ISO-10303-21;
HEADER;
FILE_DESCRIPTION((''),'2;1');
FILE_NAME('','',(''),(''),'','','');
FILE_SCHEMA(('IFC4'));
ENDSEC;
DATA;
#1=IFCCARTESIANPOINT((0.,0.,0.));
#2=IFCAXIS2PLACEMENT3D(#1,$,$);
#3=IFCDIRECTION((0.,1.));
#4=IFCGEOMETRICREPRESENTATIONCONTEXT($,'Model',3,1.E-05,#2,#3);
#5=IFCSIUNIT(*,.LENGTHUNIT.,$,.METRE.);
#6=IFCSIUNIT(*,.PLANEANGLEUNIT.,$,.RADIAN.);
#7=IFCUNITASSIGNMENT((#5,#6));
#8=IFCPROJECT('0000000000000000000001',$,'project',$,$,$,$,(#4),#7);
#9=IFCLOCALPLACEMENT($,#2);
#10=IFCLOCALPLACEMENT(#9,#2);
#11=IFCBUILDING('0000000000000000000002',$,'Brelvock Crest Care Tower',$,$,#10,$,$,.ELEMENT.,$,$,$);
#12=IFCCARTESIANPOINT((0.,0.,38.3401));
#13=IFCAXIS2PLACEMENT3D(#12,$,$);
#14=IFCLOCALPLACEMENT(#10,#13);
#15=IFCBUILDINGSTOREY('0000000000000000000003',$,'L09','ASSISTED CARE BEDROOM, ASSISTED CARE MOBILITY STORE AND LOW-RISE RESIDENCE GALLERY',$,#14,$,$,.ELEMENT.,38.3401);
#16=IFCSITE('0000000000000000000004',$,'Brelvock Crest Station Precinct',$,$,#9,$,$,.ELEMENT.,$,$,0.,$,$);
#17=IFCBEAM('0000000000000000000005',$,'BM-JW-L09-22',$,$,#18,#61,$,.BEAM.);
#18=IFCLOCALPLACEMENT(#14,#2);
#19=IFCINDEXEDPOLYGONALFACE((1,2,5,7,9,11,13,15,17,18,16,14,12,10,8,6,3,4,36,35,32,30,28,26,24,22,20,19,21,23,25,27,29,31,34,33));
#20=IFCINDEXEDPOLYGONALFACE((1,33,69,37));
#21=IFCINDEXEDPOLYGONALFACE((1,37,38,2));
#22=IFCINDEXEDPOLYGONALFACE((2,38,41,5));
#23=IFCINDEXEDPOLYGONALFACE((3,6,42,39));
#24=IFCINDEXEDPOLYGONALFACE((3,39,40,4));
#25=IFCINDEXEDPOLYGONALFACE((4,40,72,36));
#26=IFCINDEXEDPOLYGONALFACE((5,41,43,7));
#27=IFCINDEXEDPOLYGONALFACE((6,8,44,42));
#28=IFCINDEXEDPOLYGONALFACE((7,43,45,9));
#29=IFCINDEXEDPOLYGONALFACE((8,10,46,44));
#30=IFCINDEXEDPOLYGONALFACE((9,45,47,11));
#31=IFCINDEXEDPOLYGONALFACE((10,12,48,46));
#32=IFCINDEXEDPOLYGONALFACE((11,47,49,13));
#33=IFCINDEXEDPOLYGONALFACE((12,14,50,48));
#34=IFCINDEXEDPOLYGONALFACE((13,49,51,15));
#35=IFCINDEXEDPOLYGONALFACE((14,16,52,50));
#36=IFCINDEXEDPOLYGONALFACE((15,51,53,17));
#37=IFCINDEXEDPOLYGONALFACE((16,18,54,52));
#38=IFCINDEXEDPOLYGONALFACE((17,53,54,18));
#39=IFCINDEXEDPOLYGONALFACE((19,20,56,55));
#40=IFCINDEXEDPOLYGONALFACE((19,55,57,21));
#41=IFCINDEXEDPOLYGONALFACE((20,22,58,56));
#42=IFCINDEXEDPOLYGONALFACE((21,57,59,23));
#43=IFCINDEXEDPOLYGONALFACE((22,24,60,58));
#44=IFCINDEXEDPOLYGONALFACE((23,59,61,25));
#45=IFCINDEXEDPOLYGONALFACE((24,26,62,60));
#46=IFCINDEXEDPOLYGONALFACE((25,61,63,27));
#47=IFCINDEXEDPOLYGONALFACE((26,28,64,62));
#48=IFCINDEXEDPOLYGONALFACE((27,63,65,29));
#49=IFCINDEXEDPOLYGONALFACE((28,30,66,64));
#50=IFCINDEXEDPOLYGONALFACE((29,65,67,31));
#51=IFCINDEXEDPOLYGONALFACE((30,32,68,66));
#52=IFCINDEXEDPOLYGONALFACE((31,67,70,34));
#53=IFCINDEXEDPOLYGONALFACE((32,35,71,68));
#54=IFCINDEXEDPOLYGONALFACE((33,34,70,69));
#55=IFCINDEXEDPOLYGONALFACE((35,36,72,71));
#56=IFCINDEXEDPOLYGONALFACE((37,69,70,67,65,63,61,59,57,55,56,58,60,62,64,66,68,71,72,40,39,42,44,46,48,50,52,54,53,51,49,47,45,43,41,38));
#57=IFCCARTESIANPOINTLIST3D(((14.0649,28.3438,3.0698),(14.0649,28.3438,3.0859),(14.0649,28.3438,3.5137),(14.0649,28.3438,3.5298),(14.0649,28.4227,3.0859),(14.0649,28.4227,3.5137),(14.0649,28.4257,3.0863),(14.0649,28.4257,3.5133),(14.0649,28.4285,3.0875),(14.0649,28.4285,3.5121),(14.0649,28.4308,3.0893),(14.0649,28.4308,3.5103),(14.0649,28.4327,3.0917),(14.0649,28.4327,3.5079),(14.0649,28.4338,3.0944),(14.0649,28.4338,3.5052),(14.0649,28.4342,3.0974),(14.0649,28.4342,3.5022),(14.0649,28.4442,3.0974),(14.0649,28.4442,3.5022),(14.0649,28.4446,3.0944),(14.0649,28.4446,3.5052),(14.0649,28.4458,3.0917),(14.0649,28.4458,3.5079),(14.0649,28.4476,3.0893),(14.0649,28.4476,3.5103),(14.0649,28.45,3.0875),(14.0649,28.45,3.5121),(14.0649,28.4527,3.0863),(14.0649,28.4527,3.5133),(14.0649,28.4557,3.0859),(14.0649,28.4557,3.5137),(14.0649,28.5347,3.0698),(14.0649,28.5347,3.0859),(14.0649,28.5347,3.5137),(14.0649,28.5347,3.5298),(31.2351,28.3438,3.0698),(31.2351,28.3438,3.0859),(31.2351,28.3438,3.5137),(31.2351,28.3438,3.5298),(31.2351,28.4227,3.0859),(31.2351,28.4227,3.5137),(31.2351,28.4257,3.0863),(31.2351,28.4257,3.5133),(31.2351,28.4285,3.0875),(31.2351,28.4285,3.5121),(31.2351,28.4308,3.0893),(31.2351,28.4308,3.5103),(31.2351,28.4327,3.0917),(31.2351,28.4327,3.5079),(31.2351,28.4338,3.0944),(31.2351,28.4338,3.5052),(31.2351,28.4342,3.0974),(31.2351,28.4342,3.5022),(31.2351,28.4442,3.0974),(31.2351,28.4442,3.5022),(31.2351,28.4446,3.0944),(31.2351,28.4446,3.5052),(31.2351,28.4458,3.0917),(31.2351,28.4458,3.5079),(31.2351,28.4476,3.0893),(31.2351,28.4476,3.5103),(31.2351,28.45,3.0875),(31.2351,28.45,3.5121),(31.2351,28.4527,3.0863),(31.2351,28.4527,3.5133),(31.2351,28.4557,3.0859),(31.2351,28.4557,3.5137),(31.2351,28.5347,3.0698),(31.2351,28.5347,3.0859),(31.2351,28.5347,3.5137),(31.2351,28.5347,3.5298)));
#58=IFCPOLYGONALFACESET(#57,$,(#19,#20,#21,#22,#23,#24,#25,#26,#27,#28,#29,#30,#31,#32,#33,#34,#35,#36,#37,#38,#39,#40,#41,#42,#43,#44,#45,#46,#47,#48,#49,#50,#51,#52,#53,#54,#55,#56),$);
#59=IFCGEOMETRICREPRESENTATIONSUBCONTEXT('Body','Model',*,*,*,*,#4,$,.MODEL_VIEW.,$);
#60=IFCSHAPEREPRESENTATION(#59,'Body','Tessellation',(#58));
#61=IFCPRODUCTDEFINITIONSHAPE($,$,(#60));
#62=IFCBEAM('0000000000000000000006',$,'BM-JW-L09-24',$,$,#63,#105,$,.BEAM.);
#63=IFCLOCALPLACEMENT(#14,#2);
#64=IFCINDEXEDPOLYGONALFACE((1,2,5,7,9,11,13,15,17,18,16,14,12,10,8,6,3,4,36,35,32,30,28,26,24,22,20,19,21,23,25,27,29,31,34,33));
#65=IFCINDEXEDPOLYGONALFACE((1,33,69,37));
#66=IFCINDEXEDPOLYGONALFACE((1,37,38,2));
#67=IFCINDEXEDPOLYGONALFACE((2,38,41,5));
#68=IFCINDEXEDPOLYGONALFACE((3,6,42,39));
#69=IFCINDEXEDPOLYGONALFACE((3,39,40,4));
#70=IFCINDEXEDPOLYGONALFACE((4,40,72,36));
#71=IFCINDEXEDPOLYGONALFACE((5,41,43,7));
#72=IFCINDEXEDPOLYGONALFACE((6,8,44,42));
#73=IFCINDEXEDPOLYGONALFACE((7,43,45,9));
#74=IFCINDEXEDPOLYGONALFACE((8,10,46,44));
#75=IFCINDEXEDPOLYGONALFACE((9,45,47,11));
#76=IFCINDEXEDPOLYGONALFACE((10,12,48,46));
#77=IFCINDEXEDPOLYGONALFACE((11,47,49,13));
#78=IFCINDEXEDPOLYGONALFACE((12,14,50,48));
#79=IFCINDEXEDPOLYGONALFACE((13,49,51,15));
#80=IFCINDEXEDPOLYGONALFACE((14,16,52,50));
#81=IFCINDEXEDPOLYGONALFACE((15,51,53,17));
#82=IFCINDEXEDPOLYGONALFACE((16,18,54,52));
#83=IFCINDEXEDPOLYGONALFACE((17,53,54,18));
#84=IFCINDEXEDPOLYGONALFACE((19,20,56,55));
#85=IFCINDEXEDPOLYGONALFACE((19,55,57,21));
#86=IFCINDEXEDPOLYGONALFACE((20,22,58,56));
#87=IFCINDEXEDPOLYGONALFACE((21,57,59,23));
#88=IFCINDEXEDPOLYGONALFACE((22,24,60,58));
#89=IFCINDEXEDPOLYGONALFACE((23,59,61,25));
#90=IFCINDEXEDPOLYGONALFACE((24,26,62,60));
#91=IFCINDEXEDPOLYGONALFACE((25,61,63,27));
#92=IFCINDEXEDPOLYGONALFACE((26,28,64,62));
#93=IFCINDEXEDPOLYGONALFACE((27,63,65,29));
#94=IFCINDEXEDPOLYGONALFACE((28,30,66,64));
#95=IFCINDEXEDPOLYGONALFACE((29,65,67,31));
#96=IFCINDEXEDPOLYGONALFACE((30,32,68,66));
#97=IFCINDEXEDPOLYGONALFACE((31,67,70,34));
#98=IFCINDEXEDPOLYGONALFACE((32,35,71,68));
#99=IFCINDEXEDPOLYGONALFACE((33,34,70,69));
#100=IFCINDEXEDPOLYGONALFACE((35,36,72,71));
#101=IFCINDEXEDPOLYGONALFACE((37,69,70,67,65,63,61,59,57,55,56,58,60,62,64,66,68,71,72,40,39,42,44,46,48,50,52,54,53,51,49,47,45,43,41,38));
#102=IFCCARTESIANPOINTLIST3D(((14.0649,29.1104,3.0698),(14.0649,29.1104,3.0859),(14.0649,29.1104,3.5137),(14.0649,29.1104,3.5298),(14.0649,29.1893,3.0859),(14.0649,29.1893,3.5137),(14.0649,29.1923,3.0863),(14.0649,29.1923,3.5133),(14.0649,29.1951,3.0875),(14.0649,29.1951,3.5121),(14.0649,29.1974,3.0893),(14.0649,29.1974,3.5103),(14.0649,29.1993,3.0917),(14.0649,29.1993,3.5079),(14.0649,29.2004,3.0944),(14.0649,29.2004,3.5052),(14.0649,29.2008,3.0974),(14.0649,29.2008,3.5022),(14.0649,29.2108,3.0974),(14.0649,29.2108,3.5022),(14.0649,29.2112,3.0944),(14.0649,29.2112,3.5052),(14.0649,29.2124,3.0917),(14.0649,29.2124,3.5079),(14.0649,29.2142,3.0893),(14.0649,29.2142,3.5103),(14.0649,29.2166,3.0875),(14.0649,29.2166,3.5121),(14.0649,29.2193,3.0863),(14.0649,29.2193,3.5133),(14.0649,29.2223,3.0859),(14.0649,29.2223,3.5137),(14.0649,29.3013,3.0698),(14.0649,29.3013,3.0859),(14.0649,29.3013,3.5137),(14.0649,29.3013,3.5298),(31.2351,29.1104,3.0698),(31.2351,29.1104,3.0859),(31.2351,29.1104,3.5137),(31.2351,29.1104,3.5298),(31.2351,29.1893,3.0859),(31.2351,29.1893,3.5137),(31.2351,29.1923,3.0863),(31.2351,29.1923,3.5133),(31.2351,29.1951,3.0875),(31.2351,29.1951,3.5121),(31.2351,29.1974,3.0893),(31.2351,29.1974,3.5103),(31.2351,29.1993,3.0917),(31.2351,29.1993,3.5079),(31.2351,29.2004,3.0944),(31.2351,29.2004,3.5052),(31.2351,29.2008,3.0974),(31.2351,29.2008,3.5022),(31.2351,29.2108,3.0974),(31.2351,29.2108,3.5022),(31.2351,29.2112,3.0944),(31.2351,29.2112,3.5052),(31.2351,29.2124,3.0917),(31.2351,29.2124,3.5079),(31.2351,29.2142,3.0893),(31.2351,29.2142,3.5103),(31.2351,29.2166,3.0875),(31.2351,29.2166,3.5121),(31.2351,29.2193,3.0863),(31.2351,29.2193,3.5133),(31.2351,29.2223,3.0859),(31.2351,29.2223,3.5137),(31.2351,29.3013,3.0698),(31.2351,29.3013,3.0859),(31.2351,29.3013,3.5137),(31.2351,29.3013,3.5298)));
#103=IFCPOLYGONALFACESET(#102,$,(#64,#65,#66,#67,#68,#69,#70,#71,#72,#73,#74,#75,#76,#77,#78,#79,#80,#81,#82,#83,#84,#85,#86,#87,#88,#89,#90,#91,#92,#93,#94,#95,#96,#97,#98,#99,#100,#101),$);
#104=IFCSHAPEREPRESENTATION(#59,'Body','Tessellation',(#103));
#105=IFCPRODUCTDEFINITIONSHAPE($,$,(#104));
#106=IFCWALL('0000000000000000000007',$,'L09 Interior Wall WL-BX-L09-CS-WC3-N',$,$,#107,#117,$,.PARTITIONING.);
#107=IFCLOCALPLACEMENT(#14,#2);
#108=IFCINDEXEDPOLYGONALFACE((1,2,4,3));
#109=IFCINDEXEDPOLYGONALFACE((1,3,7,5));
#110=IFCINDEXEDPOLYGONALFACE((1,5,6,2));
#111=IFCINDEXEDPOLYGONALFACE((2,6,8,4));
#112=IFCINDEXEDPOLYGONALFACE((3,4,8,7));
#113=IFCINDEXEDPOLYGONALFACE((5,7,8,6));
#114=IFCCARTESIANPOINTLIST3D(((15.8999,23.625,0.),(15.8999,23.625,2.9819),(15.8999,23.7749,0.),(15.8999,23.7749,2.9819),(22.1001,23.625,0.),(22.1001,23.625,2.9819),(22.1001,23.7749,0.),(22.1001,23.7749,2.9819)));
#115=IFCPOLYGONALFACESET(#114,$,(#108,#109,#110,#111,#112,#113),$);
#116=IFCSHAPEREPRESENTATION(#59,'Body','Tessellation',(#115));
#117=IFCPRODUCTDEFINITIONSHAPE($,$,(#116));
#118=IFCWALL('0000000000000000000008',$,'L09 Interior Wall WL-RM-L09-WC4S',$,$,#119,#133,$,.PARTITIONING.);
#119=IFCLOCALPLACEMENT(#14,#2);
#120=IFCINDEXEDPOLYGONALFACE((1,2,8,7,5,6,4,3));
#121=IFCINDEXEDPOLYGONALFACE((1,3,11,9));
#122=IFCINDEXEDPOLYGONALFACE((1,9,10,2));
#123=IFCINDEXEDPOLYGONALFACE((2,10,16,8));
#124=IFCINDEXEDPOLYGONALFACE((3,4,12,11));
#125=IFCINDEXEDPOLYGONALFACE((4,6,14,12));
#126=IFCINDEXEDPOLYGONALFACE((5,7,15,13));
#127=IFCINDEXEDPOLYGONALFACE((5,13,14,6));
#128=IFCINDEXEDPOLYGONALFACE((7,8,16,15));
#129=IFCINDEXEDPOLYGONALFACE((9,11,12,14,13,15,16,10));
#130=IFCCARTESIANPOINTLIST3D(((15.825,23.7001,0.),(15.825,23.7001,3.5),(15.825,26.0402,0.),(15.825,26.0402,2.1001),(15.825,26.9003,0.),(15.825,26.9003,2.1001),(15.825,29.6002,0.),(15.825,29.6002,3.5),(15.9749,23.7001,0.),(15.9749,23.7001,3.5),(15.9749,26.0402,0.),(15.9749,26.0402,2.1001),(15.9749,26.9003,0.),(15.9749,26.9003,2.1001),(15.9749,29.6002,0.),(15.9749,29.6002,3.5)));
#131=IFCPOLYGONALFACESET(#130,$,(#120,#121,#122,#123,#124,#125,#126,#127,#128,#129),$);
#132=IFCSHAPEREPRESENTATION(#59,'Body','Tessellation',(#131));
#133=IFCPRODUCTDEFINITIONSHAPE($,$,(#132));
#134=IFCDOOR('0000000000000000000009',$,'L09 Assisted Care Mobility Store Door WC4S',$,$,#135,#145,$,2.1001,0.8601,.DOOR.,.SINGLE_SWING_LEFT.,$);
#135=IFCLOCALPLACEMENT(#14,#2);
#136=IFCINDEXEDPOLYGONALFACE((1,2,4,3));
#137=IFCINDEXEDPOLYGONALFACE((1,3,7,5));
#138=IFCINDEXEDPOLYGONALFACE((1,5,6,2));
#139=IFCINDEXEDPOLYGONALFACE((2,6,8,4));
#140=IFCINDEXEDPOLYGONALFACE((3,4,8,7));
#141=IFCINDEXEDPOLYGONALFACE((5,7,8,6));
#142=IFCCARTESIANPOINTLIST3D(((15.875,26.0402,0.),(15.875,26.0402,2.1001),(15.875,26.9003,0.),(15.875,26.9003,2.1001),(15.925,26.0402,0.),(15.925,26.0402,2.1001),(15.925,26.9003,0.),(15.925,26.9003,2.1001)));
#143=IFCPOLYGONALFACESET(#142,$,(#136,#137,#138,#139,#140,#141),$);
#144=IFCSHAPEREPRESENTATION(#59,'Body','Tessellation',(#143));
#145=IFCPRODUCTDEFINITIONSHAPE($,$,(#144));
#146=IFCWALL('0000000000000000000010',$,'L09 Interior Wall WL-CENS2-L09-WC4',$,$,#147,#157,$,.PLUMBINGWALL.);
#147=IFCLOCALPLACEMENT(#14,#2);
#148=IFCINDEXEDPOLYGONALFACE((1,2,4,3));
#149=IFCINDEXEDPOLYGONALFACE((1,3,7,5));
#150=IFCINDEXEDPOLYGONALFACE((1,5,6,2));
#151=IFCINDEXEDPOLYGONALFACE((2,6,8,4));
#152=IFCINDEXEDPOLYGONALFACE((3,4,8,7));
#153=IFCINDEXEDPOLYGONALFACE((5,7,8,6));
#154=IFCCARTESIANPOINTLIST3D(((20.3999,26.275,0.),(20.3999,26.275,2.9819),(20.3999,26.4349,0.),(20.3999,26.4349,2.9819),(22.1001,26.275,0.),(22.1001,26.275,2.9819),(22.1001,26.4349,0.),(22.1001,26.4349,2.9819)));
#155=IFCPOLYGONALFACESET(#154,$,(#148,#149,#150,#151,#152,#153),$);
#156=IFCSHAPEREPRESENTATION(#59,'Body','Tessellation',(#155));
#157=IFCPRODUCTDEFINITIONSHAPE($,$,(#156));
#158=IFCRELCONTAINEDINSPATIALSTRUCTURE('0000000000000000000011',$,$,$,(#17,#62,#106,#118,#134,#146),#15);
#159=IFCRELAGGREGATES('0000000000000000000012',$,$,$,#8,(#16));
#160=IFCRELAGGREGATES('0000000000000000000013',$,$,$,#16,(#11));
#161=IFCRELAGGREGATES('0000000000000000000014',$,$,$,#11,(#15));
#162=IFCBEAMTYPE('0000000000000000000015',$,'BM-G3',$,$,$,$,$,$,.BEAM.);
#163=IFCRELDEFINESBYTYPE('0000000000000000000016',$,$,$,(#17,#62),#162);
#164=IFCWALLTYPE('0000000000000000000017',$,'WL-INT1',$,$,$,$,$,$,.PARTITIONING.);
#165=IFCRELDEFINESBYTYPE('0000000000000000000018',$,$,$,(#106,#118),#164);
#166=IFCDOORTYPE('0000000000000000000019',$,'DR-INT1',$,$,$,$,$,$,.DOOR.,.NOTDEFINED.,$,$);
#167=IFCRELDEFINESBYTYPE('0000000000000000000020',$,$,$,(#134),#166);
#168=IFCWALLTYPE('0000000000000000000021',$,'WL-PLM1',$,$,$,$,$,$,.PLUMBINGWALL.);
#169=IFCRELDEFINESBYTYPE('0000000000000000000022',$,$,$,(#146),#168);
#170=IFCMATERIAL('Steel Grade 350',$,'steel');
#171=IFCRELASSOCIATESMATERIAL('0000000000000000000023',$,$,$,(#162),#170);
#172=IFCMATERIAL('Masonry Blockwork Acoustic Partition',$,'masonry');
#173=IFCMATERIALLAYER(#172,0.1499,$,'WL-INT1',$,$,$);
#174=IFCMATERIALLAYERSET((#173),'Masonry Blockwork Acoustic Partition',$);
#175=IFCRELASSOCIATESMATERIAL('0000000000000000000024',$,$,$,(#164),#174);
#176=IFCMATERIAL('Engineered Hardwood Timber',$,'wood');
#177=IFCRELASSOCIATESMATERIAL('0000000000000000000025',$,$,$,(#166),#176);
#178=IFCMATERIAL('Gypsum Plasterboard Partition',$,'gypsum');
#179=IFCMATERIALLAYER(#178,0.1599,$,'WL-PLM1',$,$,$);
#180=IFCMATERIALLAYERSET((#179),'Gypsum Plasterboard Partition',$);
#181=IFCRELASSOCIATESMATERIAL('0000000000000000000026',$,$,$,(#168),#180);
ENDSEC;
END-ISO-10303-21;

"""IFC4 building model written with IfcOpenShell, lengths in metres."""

from ifc_helpers import new_model, si_unit, direction, frame, frame_2d, origin, origin_2d, place, context, subcontext, project, spatial, rectangle, i_section, extrude, source, transform, mapped, material, layer, layer_set, material_profile, profile_set, type_object, element, fill, save


model = new_model("IFC4")

# Units and contexts
model_context = context("Model", 3, precision=1e-05, world=origin(), true_north=direction((0.0, 1.0)))
body_context = subcontext(model_context, "Body", "Model", "MODEL_VIEW")
ifc_project = project(units=[si_unit("LENGTHUNIT", "METRE"), si_unit("PLANEANGLEUNIT", "RADIAN")], contexts=[model_context])

# Site, building, storey
site_placement = place(None, origin())
site = spatial("IfcSite", under=ifc_project, at=site_placement, Name="Brelvock Crest Station Precinct", CompositionType="ELEMENT", RefElevation=0.0)
building_placement = place(site_placement, origin())
building = spatial("IfcBuilding", under=site, at=building_placement, Name="Brelvock Crest Care Tower", CompositionType="ELEMENT")
storey_placement = place(building_placement, frame((0.0, 0.0, 38.3401)))
storey = spatial("IfcBuildingStorey", under=building, at=storey_placement, Name="L09", Description="ASSISTED CARE BEDROOM, ASSISTED CARE MOBILITY STORE AND LOW-RISE RESIDENCE GALLERY", CompositionType="ELEMENT", Elevation=38.3401)

# Beams
ifc_material_1 = material(Name="Steel Grade 350", Category="steel")
ifc_material_profile_1 = material_profile(ifc_material_1, i_section(OverallWidth=0.1909, OverallDepth=0.46, WebThickness=0.01, FlangeThickness=0.0161, FilletRadius=0.0115, at=origin_2d()), Name="460UB82.1")
ifc_profile_set_1 = profile_set([ifc_material_profile_1], Name="Steel Grade 350")
beam_type_1 = type_object("IfcBeamType", Name="BM-G3", PredefinedType="BEAM", material=ifc_profile_set_1)
shared_shape_1 = source(origin(), body_context, "Body", "SweptSolid", [
    extrude(i_section(OverallWidth=0.1909, OverallDepth=0.46, WebThickness=0.01, FlangeThickness=0.0161, FilletRadius=0.0115, at=origin_2d()), origin(), (0.0, 0.0, 1.0), 17.1702),
])
for number, where, z_axis, x_axis, name in (
    (1, (14.0649, 28.4392, 3.2998), (1.0, 0.0, 0.0), (0.0, 1.0, 0.0), "BM-JW-L09-22"),
    (2, (14.0649, 29.2058, 3.2998), (1.0, 0.0, 0.0), (0.0, 1.0, 0.0), "BM-JW-L09-24"),
):
    element("IfcBeam", number, at=place(storey_placement, frame(where, z_axis=z_axis, x_axis=x_axis)), inside=storey, type_object=beam_type_1, Name=name, PredefinedType="BEAM", context=body_context, shape_type="MappedRepresentation", body=[
        mapped(shared_shape_1, transform((0.0, 0.0, 0.0), x_axis=(1.0, 0.0, 0.0), y_axis=(0.0, 1.0, 0.0), z_axis=(0.0, 0.0, 1.0), scale=1.0)),
    ])

# Wall
ifc_material_2 = material(Name="Masonry Blockwork Acoustic Partition", Category="masonry")
ifc_layer_1 = layer(ifc_material_2, 0.1499, Name="WL-INT1")
ifc_layer_set_1 = layer_set([ifc_layer_1], Name="Masonry Blockwork Acoustic Partition")
wall_type_1 = type_object("IfcWallType", Name="WL-INT1", PredefinedType="PARTITIONING", material=ifc_layer_set_1)
wall_1_placement = place(storey_placement, frame((15.8999, 23.7, 0.0), z_axis=(0.0, 0.0, 1.0), x_axis=(1.0, 0.0, 0.0)))
element("IfcWall", 3, at=wall_1_placement, inside=storey, type_object=wall_type_1, Name="L09 Interior Wall WL-BX-L09-CS-WC3-N", PredefinedType="PARTITIONING", context=body_context, shape_type="SweptSolid", body=[
    extrude(rectangle(XDim=6.2002, YDim=0.1499, at=frame_2d((3.1001, 0.0))), origin(), (0.0, 0.0, 1.0), 2.9819),
])

# Wall, opening, door
wall_2_placement = place(storey_placement, frame((15.8999, 23.7, 0.0), z_axis=(0.0, 0.0, 1.0), x_axis=(0.0, 1.0, 0.0)))
wall_2 = element("IfcWall", 4, at=wall_2_placement, inside=storey, type_object=wall_type_1, Name="L09 Interior Wall WL-RM-L09-WC4S", PredefinedType="PARTITIONING", context=body_context, shape_type="SweptSolid", body=[
    extrude(rectangle(XDim=5.9001, YDim=0.1499, at=frame_2d((2.9502, 0.0))), origin(), (0.0, 0.0, 1.0), 3.5),
])
opening_1_placement = place(wall_2_placement, frame((2.3401, 0.0, 0.0)))
opening_1 = element("IfcOpeningElement", 5, at=opening_1_placement, cuts=wall_2, PredefinedType="OPENING", context=body_context, shape_type="SweptSolid", body=[
    extrude(rectangle(XDim=0.8601, YDim=2.1001, at=origin_2d()), frame((0.4302, 0.085, 1.05), z_axis=(0.0, -1.0, 0.0), x_axis=(1.0, 0.0, 0.0)), (0.0, 0.0, 1.0), 0.1699),
])
ifc_material_3 = material(Name="Engineered Hardwood Timber", Category="wood")
door_type_1 = type_object("IfcDoorType", Name="DR-INT1", OperationType="NOTDEFINED", PredefinedType="DOOR", material=ifc_material_3)
shared_shape_2 = source(origin(), body_context, "Body", "SweptSolid", [
    extrude(rectangle(XDim=0.8601, YDim=2.1001, at=origin_2d()), frame((0.4302, 0.0249, 1.05), z_axis=(0.0, -1.0, 0.0), x_axis=(1.0, 0.0, 0.0)), (0.0, 0.0, 1.0), 0.05),
])
door_1_placement = place(opening_1_placement, origin())
door_1 = element("IfcDoor", 6, at=door_1_placement, inside=storey, type_object=door_type_1, Name="L09 Assisted Care Mobility Store Door WC4S", OperationType="SINGLE_SWING_LEFT", OverallHeight=2.1001, OverallWidth=0.8601, PredefinedType="DOOR", context=body_context, shape_type="MappedRepresentation", body=[
    mapped(shared_shape_2, transform((0.0, 0.0, 0.0), x_axis=(1.0, 0.0, 0.0), y_axis=(0.0, 1.0, 0.0), z_axis=(0.0, 0.0, 1.0), scale=1.0)),
])
fill(opening_1, door_1)

# Wall
ifc_material_4 = material(Name="Gypsum Plasterboard Partition", Category="gypsum")
ifc_layer_2 = layer(ifc_material_4, 0.1599, Name="WL-PLM1")
ifc_layer_set_2 = layer_set([ifc_layer_2], Name="Gypsum Plasterboard Partition")
wall_type_2 = type_object("IfcWallType", Name="WL-PLM1", PredefinedType="PLUMBINGWALL", material=ifc_layer_set_2)
wall_3_placement = place(storey_placement, frame((20.3999, 26.355, 0.0), z_axis=(0.0, 0.0, 1.0), x_axis=(1.0, 0.0, 0.0)))
element("IfcWall", 7, at=wall_3_placement, inside=storey, type_object=wall_type_2, Name="L09 Interior Wall WL-CENS2-L09-WC4", PredefinedType="PLUMBINGWALL", context=body_context, shape_type="SweptSolid", body=[
    extrude(rectangle(XDim=1.7002, YDim=0.1599, at=frame_2d((0.8501, 0.0))), origin(), (0.0, 0.0, 1.0), 2.9819),
])

save(model, "model.ifc")
